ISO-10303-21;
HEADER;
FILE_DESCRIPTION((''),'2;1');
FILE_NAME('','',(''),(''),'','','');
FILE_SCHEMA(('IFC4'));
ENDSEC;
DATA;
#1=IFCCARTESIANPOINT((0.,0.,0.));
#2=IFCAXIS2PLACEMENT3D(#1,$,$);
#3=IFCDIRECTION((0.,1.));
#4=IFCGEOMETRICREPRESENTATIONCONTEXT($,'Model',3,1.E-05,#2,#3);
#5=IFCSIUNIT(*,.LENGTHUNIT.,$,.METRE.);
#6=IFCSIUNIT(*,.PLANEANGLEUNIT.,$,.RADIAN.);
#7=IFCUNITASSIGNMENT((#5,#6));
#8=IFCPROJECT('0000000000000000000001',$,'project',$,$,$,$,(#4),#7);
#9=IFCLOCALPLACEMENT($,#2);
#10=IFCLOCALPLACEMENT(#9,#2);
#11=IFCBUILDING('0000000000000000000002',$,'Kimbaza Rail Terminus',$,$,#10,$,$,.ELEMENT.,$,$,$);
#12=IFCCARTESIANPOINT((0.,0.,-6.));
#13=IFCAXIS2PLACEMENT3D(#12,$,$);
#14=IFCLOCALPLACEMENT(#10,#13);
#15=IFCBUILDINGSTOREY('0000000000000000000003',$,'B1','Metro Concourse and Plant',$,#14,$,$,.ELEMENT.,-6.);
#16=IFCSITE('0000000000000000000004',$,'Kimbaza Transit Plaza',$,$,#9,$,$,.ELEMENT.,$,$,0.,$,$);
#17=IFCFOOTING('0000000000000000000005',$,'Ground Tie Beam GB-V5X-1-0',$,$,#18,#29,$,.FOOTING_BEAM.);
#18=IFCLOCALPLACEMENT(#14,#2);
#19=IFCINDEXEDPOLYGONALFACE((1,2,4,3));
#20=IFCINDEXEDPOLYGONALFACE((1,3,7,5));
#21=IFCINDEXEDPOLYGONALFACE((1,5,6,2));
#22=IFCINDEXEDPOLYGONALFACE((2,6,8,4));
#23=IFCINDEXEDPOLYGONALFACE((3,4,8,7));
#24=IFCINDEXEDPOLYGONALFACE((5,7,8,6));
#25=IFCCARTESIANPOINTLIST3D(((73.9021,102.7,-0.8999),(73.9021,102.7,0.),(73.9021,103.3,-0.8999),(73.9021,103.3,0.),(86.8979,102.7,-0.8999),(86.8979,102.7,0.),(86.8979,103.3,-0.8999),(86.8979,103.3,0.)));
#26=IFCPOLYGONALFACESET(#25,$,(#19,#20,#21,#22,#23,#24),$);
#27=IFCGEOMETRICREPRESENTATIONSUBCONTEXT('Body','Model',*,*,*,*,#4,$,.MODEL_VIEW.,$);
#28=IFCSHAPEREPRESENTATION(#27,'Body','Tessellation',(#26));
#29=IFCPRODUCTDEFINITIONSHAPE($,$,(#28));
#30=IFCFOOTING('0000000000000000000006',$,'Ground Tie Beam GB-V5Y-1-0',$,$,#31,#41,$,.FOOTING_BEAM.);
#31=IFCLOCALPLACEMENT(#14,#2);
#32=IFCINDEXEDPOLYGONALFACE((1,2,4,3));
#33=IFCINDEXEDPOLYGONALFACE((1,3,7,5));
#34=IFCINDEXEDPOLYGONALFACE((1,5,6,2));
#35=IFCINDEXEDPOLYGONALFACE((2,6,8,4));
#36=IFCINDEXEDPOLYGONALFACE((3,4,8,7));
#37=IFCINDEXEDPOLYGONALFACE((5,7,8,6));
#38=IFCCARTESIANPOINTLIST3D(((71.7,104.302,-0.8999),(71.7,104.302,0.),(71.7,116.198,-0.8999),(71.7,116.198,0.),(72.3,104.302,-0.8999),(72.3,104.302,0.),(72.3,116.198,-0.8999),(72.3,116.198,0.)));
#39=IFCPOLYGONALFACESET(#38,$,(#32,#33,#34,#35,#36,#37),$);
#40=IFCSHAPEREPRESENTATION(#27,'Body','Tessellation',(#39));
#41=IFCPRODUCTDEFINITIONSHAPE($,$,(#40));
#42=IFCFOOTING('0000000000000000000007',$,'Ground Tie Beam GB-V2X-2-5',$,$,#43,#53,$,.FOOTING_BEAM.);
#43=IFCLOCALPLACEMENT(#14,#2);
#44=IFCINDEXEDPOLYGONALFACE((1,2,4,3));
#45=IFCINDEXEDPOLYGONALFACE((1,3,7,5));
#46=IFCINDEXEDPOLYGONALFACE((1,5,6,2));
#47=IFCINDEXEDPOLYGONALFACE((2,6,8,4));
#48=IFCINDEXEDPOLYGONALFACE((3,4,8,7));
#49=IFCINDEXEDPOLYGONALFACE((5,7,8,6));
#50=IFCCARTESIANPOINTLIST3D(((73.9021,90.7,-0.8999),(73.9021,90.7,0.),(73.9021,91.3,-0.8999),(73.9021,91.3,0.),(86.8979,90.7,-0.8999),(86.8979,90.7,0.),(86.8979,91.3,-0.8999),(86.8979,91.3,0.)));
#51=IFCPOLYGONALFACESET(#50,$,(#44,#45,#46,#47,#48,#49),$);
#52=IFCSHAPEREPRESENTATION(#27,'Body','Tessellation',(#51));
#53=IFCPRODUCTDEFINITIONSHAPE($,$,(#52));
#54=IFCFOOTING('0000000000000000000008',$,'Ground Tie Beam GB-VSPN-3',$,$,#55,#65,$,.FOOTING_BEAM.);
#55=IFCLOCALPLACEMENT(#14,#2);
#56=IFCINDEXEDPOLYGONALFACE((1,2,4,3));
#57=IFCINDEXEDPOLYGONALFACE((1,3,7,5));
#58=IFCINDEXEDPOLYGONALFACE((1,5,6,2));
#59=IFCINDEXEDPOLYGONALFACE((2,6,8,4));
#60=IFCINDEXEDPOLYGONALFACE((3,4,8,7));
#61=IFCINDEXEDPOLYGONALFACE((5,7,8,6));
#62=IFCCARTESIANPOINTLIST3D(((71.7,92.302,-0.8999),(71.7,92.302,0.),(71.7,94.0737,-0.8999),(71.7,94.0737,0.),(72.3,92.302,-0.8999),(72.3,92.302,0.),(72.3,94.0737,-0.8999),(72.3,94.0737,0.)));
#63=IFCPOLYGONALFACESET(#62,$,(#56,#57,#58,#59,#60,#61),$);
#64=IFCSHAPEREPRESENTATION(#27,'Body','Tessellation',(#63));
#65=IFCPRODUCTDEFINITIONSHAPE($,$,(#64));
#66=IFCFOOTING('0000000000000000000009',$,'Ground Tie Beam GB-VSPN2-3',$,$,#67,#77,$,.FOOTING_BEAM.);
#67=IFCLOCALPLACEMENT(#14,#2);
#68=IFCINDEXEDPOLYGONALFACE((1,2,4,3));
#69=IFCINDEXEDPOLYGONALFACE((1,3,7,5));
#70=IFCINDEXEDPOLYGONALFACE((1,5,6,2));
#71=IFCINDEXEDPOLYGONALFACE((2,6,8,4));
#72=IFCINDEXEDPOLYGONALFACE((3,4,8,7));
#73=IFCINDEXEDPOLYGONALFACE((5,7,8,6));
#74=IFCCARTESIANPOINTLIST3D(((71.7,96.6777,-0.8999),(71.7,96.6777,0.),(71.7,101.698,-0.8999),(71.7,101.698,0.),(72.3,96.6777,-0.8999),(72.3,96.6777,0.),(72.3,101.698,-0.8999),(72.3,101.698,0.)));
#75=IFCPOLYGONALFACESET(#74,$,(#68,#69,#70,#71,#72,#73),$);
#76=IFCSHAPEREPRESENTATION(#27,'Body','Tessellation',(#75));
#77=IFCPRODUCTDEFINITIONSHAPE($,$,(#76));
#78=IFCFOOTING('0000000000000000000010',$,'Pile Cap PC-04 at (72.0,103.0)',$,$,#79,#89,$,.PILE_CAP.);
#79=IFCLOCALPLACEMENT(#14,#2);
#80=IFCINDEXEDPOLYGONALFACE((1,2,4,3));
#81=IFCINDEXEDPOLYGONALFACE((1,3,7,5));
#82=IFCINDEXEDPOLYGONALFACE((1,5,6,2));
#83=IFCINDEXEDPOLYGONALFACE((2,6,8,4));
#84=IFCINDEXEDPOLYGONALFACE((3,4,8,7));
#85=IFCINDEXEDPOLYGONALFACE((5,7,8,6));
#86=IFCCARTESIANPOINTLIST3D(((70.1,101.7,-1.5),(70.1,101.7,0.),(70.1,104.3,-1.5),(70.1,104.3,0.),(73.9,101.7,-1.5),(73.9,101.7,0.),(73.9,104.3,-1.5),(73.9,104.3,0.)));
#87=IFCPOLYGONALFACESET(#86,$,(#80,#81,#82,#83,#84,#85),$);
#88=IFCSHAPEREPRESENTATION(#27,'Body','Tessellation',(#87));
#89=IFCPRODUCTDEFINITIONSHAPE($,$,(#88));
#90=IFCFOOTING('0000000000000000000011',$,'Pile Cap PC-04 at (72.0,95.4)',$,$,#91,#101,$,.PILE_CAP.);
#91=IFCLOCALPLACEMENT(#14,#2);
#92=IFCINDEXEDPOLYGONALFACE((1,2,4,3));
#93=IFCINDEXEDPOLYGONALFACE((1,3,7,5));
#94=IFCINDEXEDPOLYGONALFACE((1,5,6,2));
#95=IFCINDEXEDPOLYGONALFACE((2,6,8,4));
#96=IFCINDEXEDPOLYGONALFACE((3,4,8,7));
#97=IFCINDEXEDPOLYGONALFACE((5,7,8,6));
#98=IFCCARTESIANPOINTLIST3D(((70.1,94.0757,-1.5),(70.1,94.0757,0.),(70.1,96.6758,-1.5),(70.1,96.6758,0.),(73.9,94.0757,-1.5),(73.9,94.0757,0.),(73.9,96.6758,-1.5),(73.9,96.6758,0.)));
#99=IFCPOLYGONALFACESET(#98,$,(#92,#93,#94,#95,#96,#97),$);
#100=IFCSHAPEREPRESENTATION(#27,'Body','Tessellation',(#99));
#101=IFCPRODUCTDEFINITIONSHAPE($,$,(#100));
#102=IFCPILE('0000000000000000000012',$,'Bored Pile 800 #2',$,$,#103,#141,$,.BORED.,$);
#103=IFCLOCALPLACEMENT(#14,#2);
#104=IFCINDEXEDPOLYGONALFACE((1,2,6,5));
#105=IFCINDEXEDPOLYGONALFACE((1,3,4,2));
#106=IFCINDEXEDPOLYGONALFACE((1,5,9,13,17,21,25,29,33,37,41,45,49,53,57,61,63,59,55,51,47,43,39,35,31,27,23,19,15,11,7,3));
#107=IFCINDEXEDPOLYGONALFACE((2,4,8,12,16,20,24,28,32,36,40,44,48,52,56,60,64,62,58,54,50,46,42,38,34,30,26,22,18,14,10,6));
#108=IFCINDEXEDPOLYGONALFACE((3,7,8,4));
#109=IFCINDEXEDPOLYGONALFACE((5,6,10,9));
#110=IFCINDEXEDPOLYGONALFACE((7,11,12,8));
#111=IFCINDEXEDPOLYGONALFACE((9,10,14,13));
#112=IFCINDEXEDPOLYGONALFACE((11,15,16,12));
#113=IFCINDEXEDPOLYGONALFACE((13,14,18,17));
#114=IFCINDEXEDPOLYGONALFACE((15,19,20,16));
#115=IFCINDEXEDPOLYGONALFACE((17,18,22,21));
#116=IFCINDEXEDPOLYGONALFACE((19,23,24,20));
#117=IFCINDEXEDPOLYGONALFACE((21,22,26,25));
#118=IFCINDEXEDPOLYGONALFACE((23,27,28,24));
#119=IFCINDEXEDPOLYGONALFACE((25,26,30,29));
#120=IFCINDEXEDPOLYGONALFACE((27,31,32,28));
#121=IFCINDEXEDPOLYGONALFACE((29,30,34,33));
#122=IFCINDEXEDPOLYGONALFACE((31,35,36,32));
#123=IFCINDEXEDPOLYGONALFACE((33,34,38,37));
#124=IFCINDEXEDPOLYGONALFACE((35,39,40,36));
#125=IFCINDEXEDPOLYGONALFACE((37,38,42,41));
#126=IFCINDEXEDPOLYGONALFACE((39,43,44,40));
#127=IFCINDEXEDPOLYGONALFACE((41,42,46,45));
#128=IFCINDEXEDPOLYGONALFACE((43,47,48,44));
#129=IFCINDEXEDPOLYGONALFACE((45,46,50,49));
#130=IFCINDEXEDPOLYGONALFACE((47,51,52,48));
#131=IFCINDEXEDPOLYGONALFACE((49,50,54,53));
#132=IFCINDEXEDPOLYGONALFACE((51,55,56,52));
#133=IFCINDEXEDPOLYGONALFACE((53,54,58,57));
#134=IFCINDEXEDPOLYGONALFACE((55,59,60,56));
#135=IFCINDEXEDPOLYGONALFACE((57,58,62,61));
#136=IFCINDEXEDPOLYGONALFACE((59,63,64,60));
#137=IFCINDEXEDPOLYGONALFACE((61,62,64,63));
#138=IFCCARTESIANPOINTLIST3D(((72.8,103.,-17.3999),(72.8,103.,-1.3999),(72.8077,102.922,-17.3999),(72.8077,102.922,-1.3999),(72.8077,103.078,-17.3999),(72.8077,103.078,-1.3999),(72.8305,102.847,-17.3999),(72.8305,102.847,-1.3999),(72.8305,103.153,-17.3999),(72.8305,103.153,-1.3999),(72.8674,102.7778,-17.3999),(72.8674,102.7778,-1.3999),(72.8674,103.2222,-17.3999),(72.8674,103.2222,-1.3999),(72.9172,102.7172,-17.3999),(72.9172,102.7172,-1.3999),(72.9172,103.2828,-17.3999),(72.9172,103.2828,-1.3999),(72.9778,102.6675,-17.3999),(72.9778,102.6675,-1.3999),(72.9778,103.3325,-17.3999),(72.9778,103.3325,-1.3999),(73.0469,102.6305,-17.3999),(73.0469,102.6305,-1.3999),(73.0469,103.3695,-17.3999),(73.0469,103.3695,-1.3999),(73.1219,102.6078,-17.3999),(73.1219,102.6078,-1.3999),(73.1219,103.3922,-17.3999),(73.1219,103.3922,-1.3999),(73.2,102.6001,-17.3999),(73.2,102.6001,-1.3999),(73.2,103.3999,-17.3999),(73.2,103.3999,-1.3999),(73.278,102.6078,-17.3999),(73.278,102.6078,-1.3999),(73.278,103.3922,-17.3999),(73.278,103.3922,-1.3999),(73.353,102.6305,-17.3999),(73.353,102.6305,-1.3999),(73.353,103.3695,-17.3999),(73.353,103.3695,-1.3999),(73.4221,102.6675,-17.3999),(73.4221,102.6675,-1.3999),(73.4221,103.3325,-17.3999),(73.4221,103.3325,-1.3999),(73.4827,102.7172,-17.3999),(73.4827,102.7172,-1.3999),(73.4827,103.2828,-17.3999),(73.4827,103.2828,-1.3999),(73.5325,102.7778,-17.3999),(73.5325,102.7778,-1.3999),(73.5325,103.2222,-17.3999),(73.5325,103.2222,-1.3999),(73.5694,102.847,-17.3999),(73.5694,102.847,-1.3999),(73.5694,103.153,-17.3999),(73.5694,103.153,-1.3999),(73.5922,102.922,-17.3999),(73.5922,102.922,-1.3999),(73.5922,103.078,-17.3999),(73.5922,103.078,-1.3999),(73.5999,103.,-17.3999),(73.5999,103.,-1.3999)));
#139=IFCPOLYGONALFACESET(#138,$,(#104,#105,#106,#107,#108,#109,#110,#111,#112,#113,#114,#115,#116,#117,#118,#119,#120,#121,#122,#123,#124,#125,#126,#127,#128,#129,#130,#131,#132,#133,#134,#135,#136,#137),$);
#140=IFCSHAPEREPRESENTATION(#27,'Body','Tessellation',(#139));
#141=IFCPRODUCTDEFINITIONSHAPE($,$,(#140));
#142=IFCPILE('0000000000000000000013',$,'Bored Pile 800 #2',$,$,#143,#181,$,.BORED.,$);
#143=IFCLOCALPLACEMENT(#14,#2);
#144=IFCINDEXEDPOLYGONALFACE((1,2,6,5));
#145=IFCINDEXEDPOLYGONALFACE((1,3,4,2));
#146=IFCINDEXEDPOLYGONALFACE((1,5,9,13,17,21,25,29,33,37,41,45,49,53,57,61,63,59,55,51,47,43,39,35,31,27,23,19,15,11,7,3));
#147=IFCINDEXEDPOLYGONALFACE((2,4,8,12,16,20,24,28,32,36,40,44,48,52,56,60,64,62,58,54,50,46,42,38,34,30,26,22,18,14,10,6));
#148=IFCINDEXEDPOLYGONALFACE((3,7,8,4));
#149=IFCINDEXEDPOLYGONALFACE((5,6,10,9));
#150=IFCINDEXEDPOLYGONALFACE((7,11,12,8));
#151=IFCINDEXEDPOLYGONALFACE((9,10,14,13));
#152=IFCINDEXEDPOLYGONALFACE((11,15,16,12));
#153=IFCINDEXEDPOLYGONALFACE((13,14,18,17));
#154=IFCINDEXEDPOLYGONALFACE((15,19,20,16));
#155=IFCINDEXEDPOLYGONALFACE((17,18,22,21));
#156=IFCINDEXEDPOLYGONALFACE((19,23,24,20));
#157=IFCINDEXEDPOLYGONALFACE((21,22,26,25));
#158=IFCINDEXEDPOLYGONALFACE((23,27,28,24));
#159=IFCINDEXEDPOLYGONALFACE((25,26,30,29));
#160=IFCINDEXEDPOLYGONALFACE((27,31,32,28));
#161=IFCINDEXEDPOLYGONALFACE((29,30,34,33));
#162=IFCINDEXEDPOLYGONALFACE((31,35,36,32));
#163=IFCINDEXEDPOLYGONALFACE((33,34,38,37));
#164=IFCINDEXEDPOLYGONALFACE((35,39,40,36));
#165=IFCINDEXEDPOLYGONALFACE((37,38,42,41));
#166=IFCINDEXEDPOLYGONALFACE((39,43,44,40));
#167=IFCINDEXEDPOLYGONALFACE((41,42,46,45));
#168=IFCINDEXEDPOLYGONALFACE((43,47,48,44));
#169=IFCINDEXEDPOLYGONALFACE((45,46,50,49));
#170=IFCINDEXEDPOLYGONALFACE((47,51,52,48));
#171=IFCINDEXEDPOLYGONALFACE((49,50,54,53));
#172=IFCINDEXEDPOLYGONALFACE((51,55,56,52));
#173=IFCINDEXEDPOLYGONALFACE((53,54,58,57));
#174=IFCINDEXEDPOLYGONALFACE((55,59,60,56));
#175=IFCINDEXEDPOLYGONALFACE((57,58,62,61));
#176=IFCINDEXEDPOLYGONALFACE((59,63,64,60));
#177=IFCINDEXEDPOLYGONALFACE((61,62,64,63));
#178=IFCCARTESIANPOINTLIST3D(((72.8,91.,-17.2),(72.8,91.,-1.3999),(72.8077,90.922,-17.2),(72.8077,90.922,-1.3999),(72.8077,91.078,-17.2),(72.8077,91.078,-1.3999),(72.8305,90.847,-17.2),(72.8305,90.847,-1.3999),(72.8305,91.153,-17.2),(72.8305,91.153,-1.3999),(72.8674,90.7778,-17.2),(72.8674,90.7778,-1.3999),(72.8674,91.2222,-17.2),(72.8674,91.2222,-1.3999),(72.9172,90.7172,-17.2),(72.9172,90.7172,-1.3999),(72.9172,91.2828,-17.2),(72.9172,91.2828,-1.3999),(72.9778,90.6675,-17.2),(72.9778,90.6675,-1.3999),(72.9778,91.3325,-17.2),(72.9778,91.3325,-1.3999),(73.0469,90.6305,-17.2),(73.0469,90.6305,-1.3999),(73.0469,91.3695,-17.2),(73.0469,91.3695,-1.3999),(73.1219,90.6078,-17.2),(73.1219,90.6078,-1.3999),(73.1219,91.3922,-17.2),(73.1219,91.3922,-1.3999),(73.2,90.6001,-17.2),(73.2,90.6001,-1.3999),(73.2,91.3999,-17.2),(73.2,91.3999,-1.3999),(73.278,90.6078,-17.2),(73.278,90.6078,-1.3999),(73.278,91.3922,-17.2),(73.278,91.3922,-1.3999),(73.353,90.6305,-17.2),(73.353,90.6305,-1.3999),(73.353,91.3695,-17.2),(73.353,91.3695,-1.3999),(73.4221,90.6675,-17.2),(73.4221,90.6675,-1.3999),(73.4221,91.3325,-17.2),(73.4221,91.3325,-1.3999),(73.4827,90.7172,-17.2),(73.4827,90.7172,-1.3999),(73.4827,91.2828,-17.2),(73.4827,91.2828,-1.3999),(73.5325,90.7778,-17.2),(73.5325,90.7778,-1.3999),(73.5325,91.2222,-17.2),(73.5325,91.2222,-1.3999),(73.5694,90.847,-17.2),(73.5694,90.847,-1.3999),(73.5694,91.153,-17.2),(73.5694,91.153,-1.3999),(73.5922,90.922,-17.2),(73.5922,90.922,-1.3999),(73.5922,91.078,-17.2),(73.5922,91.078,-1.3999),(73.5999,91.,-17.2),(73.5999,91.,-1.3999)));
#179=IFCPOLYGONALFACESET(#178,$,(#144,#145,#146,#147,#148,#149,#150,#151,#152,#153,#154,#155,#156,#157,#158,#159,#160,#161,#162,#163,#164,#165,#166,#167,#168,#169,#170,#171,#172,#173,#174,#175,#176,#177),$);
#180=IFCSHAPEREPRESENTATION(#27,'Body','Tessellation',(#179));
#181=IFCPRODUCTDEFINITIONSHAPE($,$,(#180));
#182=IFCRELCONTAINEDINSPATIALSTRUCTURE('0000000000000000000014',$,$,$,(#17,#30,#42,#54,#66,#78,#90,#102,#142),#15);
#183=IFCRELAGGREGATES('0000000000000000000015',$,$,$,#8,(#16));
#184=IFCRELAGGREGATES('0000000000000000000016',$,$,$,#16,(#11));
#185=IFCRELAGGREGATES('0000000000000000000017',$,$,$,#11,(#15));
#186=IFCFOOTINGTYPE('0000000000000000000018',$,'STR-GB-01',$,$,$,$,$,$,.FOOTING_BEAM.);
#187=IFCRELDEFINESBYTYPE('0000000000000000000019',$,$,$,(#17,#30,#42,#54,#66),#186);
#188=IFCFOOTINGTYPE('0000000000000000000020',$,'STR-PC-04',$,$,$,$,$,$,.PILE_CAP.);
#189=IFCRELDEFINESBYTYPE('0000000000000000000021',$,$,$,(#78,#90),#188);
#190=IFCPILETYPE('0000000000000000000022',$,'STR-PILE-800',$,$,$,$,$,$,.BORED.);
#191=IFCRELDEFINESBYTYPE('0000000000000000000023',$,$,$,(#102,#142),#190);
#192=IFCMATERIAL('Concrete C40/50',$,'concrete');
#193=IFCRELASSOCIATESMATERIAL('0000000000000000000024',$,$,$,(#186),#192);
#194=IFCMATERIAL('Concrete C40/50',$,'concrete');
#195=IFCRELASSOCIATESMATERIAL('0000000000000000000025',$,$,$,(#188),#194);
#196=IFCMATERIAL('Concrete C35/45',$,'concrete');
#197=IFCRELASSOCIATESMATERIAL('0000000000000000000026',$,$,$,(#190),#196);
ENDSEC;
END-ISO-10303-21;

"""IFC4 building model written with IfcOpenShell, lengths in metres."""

from ifc_helpers import new_model, si_unit, direction, frame, origin, origin_2d, place, context, subcontext, project, spatial, rectangle, circle, extrude, material, material_profile, profile_set, type_object, element, save


model = new_model("IFC4")

# Units and contexts
model_context = context("Model", 3, precision=1e-05, world=origin(), true_north=direction((0.0, 1.0)))
body_context = subcontext(model_context, "Body", "Model", "MODEL_VIEW")
ifc_project = project(units=[si_unit("LENGTHUNIT", "METRE"), si_unit("PLANEANGLEUNIT", "RADIAN")], contexts=[model_context])

# Site, building, storey
site_placement = place(None, origin())
site = spatial("IfcSite", under=ifc_project, at=site_placement, Name="Kimbaza Transit Plaza", CompositionType="ELEMENT", RefElevation=0.0)
building_placement = place(site_placement, origin())
building = spatial("IfcBuilding", under=site, at=building_placement, Name="Kimbaza Rail Terminus", CompositionType="ELEMENT")
storey_placement = place(building_placement, frame((0.0, 0.0, -6.0)))
storey = spatial("IfcBuildingStorey", under=building, at=storey_placement, Name="B1", Description="Metro Concourse and Plant", CompositionType="ELEMENT", Elevation=-6.0)

# Footings
ifc_material_1 = material(Name="Concrete C40/50", Category="concrete")
ifc_material_profile_1 = material_profile(ifc_material_1, rectangle(XDim=0.6001, YDim=0.8999, at=origin_2d()), Name="GB-01 600x900")
ifc_profile_set_1 = profile_set([ifc_material_profile_1], Name="Concrete C40/50")
footing_type_1 = type_object("IfcFootingType", Name="STR-GB-01", PredefinedType="FOOTING_BEAM", material=ifc_profile_set_1)
footing_1_placement = place(storey_placement, frame((73.9021, 103.0, -0.45), z_axis=(1.0, 0.0, 0.0), x_axis=(0.0, 1.0, 0.0)))
element("IfcFooting", 1, at=footing_1_placement, inside=storey, type_object=footing_type_1, Name="Ground Tie Beam GB-V5X-1-0", PredefinedType="FOOTING_BEAM", context=body_context, shape_type="SweptSolid", body=[
    extrude(rectangle(XDim=0.6001, YDim=0.8999, at=origin_2d()), origin(), (0.0, 0.0, 1.0), 12.9958),
])
footing_2_placement = place(storey_placement, frame((72.0, 104.302, -0.45), z_axis=(0.0, 1.0, 0.0), x_axis=(-1.0, 0.0, 0.0)))
element("IfcFooting", 2, at=footing_2_placement, inside=storey, type_object=footing_type_1, Name="Ground Tie Beam GB-V5Y-1-0", PredefinedType="FOOTING_BEAM", context=body_context, shape_type="SweptSolid", body=[
    extrude(rectangle(XDim=0.6001, YDim=0.8999, at=origin_2d()), origin(), (0.0, 0.0, 1.0), 11.896),
])
footing_3_placement = place(storey_placement, frame((73.9021, 91.0, -0.45), z_axis=(1.0, 0.0, 0.0), x_axis=(0.0, 1.0, 0.0)))
element("IfcFooting", 3, at=footing_3_placement, inside=storey, type_object=footing_type_1, Name="Ground Tie Beam GB-V2X-2-5", PredefinedType="FOOTING_BEAM", context=body_context, shape_type="SweptSolid", body=[
    extrude(rectangle(XDim=0.6001, YDim=0.8999, at=origin_2d()), origin(), (0.0, 0.0, 1.0), 12.9958),
])
footing_4_placement = place(storey_placement, frame((72.0, 92.302, -0.45), z_axis=(0.0, 1.0, 0.0), x_axis=(-1.0, 0.0, 0.0)))
element("IfcFooting", 4, at=footing_4_placement, inside=storey, type_object=footing_type_1, Name="Ground Tie Beam GB-VSPN-3", PredefinedType="FOOTING_BEAM", context=body_context, shape_type="SweptSolid", body=[
    extrude(rectangle(XDim=0.6001, YDim=0.8999, at=origin_2d()), origin(), (0.0, 0.0, 1.0), 1.7717),
])
footing_5_placement = place(storey_placement, frame((72.0, 96.6777, -0.45), z_axis=(0.0, 1.0, 0.0), x_axis=(-1.0, 0.0, 0.0)))
element("IfcFooting", 5, at=footing_5_placement, inside=storey, type_object=footing_type_1, Name="Ground Tie Beam GB-VSPN2-3", PredefinedType="FOOTING_BEAM", context=body_context, shape_type="SweptSolid", body=[
    extrude(rectangle(XDim=0.6001, YDim=0.8999, at=origin_2d()), origin(), (0.0, 0.0, 1.0), 5.0203),
])
ifc_material_2 = material(Name="Concrete C40/50", Category="concrete")
footing_type_2 = type_object("IfcFootingType", Name="STR-PC-04", PredefinedType="PILE_CAP", material=ifc_material_2)
for number, where, z_axis, x_axis, name in (
    (6, (72.0, 103.0, -1.5), (0.0, 0.0, 1.0), (1.0, 0.0, 0.0), "Pile Cap PC-04 at (72.0,103.0)"),
    (7, (72.0, 95.3757, -1.5), (0.0, 0.0, 1.0), (1.0, 0.0, 0.0), "Pile Cap PC-04 at (72.0,95.4)"),
):
    element("IfcFooting", number, at=place(storey_placement, frame(where, z_axis=z_axis, x_axis=x_axis)), inside=storey, type_object=footing_type_2, Name=name, PredefinedType="PILE_CAP", context=body_context, shape_type="SweptSolid", body=[
        extrude(rectangle(XDim=3.8, YDim=2.6001, at=origin_2d()), origin(), (0.0, 0.0, 1.0), 1.5),
    ])

# Piles
ifc_material_3 = material(Name="Concrete C35/45", Category="concrete")
ifc_material_profile_2 = material_profile(ifc_material_3, circle(Radius=0.3999, at=origin_2d()), Name="BORED PILE 800")
ifc_profile_set_2 = profile_set([ifc_material_profile_2], Name="Concrete C35/45")
pile_type = type_object("IfcPileType", Name="STR-PILE-800", PredefinedType="BORED", material=ifc_profile_set_2)
pile_1_placement = place(storey_placement, frame((73.2, 103.0, -1.3999), z_axis=(0.0, 0.0, -1.0), x_axis=(1.0, 0.0, 0.0)))
element("IfcPile", 8, at=pile_1_placement, inside=storey, type_object=pile_type, Name="Bored Pile 800 #2", PredefinedType="BORED", context=body_context, shape_type="SweptSolid", body=[
    extrude(circle(Radius=0.3999, at=origin_2d()), origin(), (0.0, 0.0, 1.0), 16.0),
])
pile_2_placement = place(storey_placement, frame((73.2, 91.0, -1.3999), z_axis=(0.0, 0.0, -1.0), x_axis=(1.0, 0.0, 0.0)))
element("IfcPile", 9, at=pile_2_placement, inside=storey, type_object=pile_type, Name="Bored Pile 800 #2", PredefinedType="BORED", context=body_context, shape_type="SweptSolid", body=[
    extrude(circle(Radius=0.3999, at=origin_2d()), origin(), (0.0, 0.0, 1.0), 15.8),
])

save(model, "model.ifc")
